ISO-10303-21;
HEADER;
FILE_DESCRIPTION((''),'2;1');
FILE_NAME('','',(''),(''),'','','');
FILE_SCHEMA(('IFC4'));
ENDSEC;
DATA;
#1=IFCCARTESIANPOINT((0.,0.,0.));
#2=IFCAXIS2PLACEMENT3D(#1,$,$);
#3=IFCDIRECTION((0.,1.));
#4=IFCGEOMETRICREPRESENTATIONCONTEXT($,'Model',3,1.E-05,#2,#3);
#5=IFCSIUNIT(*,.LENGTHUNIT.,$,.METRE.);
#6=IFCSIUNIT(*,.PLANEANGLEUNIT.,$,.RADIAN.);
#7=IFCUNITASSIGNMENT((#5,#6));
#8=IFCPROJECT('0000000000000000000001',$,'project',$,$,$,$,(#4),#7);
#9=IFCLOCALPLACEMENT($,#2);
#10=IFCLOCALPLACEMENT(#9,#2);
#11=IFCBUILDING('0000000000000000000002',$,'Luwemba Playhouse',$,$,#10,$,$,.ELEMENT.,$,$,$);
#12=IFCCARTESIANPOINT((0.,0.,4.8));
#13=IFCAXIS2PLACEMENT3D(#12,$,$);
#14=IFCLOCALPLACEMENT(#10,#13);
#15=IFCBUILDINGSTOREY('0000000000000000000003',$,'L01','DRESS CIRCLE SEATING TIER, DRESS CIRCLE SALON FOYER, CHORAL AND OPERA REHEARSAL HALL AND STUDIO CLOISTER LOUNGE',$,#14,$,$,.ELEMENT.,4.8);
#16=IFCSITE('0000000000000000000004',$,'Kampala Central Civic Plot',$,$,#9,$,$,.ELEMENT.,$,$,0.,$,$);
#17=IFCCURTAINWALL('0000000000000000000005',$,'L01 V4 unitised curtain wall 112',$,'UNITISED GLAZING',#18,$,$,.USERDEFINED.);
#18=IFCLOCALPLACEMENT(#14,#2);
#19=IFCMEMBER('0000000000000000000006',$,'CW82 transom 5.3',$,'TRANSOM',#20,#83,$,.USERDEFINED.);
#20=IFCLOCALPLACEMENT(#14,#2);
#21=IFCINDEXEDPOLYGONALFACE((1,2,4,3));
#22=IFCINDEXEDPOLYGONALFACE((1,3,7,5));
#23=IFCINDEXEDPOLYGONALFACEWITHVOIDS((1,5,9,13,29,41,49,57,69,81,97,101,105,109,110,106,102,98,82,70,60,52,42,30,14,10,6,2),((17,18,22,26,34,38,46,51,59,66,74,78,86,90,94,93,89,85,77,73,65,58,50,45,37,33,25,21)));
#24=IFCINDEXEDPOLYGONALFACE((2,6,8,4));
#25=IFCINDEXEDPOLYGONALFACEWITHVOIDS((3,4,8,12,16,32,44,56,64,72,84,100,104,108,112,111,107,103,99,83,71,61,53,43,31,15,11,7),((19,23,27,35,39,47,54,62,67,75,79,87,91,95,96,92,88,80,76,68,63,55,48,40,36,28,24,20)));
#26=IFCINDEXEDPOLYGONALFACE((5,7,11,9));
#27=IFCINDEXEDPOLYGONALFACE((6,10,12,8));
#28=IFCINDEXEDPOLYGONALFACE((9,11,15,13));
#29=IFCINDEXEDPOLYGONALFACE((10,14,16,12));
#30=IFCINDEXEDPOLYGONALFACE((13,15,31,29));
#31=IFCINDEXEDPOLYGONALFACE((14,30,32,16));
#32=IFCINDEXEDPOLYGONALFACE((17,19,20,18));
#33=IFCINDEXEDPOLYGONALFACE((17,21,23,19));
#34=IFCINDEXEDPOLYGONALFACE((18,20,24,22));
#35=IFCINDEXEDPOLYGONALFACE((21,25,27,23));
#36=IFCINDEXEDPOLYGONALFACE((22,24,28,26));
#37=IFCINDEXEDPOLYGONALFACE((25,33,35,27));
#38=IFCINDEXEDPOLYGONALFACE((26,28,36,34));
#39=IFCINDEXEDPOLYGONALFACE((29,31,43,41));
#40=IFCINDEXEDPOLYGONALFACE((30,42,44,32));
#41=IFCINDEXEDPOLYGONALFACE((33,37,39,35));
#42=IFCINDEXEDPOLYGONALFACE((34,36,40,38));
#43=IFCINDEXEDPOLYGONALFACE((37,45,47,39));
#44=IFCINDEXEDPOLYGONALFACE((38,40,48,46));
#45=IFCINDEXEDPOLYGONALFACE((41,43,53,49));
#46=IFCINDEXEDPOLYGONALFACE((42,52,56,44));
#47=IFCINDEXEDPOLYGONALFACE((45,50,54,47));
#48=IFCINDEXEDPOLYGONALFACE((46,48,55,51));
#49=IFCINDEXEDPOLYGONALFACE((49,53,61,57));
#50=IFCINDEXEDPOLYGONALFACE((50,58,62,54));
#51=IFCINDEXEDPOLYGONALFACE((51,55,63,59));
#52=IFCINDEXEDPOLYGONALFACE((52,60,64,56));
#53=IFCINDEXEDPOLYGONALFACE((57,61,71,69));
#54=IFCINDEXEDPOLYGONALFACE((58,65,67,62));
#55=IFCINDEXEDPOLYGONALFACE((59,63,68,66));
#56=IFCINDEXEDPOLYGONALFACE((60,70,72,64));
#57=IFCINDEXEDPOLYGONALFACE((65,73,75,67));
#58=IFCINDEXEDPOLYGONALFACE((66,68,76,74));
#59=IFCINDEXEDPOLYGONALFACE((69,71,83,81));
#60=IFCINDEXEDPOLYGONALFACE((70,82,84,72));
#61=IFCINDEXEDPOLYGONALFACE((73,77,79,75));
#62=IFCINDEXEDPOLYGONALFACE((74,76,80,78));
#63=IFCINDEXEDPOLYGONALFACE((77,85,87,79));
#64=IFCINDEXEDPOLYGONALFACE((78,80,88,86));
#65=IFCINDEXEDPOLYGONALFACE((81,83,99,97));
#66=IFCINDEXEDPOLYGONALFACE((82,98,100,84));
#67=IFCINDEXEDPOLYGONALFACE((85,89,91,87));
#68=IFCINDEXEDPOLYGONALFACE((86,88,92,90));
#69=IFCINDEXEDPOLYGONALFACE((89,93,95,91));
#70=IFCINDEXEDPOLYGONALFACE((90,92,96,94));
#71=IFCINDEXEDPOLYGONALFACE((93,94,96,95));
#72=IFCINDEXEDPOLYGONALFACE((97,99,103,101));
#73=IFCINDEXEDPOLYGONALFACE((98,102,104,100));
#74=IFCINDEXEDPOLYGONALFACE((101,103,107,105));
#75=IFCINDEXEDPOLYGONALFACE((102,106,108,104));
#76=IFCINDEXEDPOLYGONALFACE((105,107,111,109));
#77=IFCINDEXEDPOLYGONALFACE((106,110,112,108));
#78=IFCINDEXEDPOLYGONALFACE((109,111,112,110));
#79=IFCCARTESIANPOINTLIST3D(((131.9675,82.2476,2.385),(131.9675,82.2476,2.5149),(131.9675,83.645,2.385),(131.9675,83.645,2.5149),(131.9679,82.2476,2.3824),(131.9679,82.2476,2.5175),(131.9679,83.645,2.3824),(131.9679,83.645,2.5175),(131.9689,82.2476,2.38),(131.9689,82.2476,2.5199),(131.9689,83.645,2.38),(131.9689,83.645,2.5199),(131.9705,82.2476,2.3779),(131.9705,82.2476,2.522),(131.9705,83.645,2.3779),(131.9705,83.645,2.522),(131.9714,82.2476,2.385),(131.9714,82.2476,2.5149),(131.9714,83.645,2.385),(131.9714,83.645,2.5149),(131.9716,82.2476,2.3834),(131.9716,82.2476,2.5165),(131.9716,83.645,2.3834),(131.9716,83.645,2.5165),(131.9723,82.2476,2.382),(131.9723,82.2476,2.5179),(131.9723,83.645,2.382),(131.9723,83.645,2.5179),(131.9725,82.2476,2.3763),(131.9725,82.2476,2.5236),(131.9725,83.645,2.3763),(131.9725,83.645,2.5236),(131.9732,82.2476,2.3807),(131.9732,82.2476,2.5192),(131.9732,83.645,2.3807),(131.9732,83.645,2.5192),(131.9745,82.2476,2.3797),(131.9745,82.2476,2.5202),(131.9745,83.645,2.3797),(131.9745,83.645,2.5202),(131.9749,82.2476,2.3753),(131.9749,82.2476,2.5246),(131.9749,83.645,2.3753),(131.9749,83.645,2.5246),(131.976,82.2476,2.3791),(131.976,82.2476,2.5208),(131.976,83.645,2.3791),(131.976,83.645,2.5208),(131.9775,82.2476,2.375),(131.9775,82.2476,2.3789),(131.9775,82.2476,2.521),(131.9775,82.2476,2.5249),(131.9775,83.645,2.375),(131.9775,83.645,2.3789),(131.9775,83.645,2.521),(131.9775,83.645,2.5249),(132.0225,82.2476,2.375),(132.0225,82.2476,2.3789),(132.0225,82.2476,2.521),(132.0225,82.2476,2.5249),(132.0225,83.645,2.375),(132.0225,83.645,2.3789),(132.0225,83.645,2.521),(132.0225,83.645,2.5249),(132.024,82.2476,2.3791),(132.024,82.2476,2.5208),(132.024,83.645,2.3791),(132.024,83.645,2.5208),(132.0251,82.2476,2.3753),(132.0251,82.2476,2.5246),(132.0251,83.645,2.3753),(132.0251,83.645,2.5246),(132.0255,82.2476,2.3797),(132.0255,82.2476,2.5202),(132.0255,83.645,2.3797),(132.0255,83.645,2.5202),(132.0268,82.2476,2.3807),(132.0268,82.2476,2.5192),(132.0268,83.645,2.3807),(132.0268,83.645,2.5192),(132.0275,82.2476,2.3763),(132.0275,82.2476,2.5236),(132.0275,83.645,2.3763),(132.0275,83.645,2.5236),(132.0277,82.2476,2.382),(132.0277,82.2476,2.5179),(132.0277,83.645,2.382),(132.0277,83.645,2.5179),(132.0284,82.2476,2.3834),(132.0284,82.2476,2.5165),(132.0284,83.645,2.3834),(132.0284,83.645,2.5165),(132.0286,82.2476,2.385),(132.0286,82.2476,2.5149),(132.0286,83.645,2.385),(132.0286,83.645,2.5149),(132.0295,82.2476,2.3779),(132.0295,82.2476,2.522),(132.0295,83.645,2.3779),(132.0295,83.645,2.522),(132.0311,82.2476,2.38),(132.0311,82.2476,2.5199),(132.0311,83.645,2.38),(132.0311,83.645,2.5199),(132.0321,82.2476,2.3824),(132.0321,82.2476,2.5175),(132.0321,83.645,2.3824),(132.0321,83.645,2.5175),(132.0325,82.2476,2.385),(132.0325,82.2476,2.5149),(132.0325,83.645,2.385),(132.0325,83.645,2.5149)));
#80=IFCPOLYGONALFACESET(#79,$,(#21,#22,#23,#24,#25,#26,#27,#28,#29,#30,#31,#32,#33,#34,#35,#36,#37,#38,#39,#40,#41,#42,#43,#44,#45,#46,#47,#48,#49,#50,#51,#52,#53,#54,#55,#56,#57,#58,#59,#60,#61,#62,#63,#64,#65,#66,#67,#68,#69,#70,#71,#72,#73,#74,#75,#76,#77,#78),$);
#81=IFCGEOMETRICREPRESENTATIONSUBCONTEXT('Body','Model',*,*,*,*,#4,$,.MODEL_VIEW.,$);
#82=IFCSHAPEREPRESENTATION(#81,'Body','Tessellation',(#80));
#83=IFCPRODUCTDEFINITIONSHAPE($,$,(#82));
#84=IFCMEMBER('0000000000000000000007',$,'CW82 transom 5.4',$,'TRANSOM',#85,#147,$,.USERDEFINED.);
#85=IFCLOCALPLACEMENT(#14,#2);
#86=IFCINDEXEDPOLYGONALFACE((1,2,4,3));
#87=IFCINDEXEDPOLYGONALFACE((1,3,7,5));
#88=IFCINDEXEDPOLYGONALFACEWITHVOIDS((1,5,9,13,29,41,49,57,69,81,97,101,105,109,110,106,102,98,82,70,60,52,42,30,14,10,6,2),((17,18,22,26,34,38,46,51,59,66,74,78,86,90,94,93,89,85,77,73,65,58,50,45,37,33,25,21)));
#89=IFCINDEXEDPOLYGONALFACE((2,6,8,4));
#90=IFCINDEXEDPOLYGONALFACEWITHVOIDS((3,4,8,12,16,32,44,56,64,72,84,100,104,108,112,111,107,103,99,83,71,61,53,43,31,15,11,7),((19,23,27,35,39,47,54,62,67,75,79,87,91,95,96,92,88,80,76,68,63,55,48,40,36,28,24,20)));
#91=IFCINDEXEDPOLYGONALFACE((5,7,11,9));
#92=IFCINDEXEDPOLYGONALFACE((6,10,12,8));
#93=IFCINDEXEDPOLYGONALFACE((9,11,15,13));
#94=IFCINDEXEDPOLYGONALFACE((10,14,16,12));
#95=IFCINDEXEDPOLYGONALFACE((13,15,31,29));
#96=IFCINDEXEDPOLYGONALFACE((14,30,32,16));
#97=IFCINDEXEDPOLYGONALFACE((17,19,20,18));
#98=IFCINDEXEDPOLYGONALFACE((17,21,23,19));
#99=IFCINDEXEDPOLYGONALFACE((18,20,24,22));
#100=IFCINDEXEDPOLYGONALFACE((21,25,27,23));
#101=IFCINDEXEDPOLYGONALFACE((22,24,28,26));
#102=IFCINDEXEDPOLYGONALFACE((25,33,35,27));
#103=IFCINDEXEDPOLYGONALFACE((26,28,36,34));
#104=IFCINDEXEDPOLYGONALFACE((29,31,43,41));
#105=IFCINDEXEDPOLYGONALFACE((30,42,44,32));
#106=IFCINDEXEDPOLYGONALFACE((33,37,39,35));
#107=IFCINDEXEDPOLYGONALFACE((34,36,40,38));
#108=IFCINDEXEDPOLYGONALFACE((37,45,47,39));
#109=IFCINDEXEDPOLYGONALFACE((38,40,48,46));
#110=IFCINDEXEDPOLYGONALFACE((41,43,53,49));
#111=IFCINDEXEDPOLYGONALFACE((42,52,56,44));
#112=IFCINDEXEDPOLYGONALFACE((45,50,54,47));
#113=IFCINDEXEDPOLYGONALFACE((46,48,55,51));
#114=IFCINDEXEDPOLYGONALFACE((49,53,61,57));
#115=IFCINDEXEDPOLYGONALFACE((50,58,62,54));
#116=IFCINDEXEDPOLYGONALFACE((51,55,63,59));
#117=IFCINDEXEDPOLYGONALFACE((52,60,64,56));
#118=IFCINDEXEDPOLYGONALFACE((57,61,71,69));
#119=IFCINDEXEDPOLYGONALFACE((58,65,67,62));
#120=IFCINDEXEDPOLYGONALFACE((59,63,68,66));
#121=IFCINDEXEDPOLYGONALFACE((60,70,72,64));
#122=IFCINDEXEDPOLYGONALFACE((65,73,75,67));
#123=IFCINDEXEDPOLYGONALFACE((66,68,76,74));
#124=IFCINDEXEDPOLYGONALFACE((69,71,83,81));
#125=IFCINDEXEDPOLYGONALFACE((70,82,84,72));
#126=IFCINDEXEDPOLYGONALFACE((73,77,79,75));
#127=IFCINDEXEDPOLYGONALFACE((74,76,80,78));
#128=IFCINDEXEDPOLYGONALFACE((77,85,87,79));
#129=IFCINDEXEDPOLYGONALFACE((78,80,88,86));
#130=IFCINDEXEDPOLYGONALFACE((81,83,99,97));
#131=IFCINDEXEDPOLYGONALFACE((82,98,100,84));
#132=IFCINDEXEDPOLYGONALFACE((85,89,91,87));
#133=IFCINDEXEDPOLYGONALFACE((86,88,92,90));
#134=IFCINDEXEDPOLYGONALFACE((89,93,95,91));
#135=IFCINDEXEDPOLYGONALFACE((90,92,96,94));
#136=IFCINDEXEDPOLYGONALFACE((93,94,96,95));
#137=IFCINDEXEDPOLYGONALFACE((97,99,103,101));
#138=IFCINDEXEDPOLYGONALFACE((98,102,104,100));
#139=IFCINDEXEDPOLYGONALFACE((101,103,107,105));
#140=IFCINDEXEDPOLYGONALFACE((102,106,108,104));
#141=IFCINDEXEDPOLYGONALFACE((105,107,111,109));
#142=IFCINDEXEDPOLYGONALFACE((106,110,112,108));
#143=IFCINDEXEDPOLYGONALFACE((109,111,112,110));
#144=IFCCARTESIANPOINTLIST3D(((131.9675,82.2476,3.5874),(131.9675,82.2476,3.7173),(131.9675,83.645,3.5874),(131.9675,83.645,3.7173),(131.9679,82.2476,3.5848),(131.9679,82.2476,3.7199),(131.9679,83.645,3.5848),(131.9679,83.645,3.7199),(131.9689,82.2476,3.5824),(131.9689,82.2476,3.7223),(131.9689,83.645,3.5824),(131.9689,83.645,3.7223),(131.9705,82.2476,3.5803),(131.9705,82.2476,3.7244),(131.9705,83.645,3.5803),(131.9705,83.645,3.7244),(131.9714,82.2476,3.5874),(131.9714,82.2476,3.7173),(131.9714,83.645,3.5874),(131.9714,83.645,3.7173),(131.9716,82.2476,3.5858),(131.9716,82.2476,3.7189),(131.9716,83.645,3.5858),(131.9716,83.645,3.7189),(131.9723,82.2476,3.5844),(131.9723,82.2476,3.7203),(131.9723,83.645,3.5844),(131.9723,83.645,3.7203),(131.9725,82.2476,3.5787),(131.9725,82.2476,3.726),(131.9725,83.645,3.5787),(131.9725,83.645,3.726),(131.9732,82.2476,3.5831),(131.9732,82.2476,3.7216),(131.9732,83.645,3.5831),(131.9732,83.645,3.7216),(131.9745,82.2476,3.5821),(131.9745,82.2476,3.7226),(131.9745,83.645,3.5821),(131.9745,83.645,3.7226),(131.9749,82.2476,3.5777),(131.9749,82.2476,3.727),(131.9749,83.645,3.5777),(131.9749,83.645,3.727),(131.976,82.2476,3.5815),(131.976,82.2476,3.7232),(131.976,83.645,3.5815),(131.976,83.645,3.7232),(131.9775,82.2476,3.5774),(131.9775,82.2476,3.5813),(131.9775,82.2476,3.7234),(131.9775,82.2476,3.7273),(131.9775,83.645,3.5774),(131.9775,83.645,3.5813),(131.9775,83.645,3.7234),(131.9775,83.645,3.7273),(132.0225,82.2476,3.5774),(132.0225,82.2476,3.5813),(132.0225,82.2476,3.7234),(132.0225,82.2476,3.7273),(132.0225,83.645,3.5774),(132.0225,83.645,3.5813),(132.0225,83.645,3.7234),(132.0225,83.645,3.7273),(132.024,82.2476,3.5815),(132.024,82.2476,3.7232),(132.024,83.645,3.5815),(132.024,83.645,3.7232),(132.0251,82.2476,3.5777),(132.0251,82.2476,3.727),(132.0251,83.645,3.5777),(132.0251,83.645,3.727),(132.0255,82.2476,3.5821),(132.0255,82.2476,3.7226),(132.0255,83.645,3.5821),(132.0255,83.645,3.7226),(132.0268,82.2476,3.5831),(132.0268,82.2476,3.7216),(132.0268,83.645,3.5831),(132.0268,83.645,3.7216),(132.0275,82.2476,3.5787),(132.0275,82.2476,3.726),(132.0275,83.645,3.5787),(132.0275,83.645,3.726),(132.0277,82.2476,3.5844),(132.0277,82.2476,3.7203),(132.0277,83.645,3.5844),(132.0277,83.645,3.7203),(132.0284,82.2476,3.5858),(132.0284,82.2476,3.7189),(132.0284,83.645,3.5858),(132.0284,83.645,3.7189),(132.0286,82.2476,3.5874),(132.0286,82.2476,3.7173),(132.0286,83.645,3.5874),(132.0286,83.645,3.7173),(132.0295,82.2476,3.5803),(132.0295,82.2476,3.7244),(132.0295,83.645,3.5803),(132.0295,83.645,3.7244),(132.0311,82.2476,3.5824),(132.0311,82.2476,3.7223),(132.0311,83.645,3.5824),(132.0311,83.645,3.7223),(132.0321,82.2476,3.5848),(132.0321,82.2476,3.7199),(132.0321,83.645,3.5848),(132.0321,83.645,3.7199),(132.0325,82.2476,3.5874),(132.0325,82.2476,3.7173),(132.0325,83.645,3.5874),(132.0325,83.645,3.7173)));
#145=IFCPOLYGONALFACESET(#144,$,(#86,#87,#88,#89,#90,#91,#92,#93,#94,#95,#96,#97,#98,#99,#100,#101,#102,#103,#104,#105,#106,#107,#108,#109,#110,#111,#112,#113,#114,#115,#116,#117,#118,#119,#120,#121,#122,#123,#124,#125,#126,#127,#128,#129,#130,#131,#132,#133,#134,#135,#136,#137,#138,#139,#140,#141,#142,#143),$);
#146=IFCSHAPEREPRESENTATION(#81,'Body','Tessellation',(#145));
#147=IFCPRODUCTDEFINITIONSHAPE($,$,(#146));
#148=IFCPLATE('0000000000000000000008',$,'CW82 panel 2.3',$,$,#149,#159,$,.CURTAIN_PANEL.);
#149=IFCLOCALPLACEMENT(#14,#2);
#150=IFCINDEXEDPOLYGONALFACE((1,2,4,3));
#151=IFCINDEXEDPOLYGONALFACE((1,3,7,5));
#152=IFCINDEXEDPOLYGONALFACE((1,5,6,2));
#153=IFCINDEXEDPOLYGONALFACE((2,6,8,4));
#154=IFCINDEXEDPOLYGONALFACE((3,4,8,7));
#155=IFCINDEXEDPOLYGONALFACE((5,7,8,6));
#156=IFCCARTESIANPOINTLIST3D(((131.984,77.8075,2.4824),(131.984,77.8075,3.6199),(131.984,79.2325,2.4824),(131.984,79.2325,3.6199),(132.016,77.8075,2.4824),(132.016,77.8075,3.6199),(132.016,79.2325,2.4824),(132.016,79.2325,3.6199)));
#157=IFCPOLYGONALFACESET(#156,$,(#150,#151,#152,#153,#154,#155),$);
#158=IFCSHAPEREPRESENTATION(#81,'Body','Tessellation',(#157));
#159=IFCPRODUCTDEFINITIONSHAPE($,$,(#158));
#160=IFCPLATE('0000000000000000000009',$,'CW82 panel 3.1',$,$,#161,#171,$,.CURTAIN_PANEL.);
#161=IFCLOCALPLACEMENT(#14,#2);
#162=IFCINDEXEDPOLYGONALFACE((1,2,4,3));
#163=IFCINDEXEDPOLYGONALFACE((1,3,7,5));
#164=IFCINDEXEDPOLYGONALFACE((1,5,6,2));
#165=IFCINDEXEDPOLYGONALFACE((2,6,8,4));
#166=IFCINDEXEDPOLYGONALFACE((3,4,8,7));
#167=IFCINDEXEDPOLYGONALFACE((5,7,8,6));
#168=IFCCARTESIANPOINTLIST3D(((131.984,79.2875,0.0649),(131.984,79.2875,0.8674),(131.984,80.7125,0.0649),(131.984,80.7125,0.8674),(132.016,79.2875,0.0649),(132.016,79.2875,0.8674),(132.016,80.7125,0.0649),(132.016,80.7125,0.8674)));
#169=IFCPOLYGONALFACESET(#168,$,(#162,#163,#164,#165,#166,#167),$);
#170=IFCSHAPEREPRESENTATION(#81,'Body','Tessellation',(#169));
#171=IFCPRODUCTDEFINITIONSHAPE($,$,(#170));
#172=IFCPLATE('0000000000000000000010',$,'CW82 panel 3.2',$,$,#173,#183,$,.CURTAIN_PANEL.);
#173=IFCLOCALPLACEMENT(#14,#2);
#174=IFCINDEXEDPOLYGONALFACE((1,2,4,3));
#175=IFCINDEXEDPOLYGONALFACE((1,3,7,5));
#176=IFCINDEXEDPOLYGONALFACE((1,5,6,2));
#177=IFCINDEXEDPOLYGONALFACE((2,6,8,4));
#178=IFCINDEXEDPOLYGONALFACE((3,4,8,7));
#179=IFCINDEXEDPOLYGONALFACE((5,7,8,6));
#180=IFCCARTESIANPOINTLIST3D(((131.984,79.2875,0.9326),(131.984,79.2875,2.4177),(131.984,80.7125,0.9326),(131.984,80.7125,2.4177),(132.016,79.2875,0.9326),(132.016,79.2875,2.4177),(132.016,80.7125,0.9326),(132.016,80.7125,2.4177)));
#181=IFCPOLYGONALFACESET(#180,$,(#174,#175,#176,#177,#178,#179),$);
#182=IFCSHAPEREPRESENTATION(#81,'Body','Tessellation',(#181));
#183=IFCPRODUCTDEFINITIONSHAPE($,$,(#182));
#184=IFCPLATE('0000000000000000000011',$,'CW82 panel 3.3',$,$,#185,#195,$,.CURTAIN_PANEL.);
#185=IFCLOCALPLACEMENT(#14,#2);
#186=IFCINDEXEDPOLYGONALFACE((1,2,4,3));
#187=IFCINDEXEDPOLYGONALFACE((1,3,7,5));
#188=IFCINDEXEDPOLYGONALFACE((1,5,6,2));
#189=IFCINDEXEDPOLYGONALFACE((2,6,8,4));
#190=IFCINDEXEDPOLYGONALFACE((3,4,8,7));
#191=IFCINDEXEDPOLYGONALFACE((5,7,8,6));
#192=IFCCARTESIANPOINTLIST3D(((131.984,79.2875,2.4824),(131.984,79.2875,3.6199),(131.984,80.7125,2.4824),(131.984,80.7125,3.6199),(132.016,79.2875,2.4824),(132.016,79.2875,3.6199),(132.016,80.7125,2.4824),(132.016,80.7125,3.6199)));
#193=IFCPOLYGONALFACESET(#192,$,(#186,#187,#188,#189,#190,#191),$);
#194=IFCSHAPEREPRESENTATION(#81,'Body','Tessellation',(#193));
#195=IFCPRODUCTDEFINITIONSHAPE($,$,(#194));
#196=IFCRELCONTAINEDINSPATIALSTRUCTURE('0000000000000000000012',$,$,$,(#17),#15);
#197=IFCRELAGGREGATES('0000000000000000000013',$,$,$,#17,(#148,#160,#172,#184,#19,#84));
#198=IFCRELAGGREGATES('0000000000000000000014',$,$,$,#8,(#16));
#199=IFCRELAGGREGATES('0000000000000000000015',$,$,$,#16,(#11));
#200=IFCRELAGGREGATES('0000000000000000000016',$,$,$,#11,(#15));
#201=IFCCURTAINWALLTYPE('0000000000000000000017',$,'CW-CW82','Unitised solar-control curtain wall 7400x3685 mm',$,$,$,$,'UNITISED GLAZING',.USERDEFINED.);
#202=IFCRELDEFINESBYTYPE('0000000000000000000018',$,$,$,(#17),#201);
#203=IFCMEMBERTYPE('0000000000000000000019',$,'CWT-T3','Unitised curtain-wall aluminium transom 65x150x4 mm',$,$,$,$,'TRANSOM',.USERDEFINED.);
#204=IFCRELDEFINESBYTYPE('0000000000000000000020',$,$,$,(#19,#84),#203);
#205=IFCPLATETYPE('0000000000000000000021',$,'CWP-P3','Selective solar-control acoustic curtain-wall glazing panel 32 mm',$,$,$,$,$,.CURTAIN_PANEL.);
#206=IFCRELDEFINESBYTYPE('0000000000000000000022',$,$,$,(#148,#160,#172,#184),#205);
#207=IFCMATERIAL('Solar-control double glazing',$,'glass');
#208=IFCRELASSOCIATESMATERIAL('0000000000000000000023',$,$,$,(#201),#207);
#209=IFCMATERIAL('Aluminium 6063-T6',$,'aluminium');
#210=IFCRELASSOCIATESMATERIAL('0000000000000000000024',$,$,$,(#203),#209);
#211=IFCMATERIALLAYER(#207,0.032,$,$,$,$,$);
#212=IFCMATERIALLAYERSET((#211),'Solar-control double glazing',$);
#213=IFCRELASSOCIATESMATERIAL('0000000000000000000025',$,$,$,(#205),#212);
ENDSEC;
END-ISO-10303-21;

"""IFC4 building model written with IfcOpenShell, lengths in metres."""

from ifc_helpers import new_model, si_unit, direction, frame, origin, origin_2d, place, context, subcontext, project, spatial, rectangle, hollow_rectangle, extrude, material, layer, layer_set, material_profile, profile_set, type_object, element, aggregate, save


model = new_model("IFC4")

# Units and contexts
model_context = context("Model", 3, precision=1e-05, world=origin(), true_north=direction((0.0, 1.0)))
body_context = subcontext(model_context, "Body", "Model", "MODEL_VIEW")
ifc_project = project(units=[si_unit("LENGTHUNIT", "METRE"), si_unit("PLANEANGLEUNIT", "RADIAN")], contexts=[model_context])

# Site, building, storey
site_placement = place(None, origin())
site = spatial("IfcSite", under=ifc_project, at=site_placement, Name="Kampala Central Civic Plot", CompositionType="ELEMENT", RefElevation=0.0)
building_placement = place(site_placement, origin())
building = spatial("IfcBuilding", under=site, at=building_placement, Name="Luwemba Playhouse", CompositionType="ELEMENT")
storey_placement = place(building_placement, frame((0.0, 0.0, 4.8)))
storey = spatial("IfcBuildingStorey", under=building, at=storey_placement, Name="L01", Description="DRESS CIRCLE SEATING TIER, DRESS CIRCLE SALON FOYER, CHORAL AND OPERA REHEARSAL HALL AND STUDIO CLOISTER LOUNGE", CompositionType="ELEMENT", Elevation=4.8)

# Curtain wall, members, plates
ifc_material_1 = material(Name="Solar-control double glazing", Category="glass")
curtain_wall_type = type_object("IfcCurtainWallType", Name="CW-CW82", Description="Unitised solar-control curtain wall 7400x3685 mm", ElementType="UNITISED GLAZING", PredefinedType="USERDEFINED", material=ifc_material_1)
curtain_wall_placement = place(storey_placement, origin())
curtain_wall = element("IfcCurtainWall", 1, at=curtain_wall_placement, inside=storey, type_object=curtain_wall_type, Name="L01 V4 unitised curtain wall 112", ObjectType="UNITISED GLAZING", PredefinedType="USERDEFINED")
ifc_material_2 = material(Name="Aluminium 6063-T6", Category="aluminium")
ifc_material_profile_1 = material_profile(ifc_material_2, hollow_rectangle(XDim=0.0649, YDim=0.1499, WallThickness=0.0039, InnerFilletRadius=0.0061, OuterFilletRadius=0.01, at=origin_2d()))
ifc_profile_set_1 = profile_set([ifc_material_profile_1], Name="Aluminium 6063-T6")
member_type_1 = type_object("IfcMemberType", Name="CWT-T3", Description="Unitised curtain-wall aluminium transom 65x150x4 mm", ElementType="TRANSOM", PredefinedType="USERDEFINED", material=ifc_profile_set_1)
member_1_placement = place(storey_placement, frame((132.0, 82.2476, 2.45), z_axis=(0.0, 1.0, 0.0), x_axis=(-1.0, 0.0, 0.0)))
member_1 = element("IfcMember", 2, at=member_1_placement, type_object=member_type_1, Name="CW82 transom 5.3", ObjectType="TRANSOM", PredefinedType="USERDEFINED", context=body_context, shape_type="SweptSolid", body=[
    extrude(hollow_rectangle(XDim=0.0649, YDim=0.1499, WallThickness=0.0039, InnerFilletRadius=0.0061, OuterFilletRadius=0.01, at=origin_2d()), origin(), (0.0, 0.0, 1.0), 1.3975),
])
member_2_placement = place(storey_placement, frame((132.0, 82.2476, 3.6523), z_axis=(0.0, 1.0, 0.0), x_axis=(-1.0, 0.0, 0.0)))
member_2 = element("IfcMember", 3, at=member_2_placement, type_object=member_type_1, Name="CW82 transom 5.4", ObjectType="TRANSOM", PredefinedType="USERDEFINED", context=body_context, shape_type="SweptSolid", body=[
    extrude(hollow_rectangle(XDim=0.0649, YDim=0.1499, WallThickness=0.0039, InnerFilletRadius=0.0061, OuterFilletRadius=0.01, at=origin_2d()), origin(), (0.0, 0.0, 1.0), 1.3975),
])
ifc_layer_1 = layer(ifc_material_1, 0.032)
ifc_layer_set_1 = layer_set([ifc_layer_1], Name="Solar-control double glazing")
plate_type = type_object("IfcPlateType", Name="CWP-P3", Description="Selective solar-control acoustic curtain-wall glazing panel 32 mm", PredefinedType="CURTAIN_PANEL", material=ifc_layer_set_1)
plate_1_placement = place(storey_placement, frame((132.0, 78.52, 2.4824), z_axis=(0.0, 0.0, 1.0), x_axis=(0.0, 1.0, 0.0)))
plate_1 = element("IfcPlate", 4, at=plate_1_placement, type_object=plate_type, Name="CW82 panel 2.3", PredefinedType="CURTAIN_PANEL", context=body_context, shape_type="SweptSolid", body=[
    extrude(rectangle(XDim=1.425, YDim=0.032, at=origin_2d()), origin(), (0.0, 0.0, 1.0), 1.1375),
])
plate_2_placement = place(storey_placement, frame((132.0, 80.0, 0.0649), z_axis=(0.0, 0.0, 1.0), x_axis=(0.0, 1.0, 0.0)))
plate_2 = element("IfcPlate", 5, at=plate_2_placement, type_object=plate_type, Name="CW82 panel 3.1", PredefinedType="CURTAIN_PANEL", context=body_context, shape_type="SweptSolid", body=[
    extrude(rectangle(XDim=1.425, YDim=0.032, at=origin_2d()), origin(), (0.0, 0.0, 1.0), 0.8025),
])
plate_3_placement = place(storey_placement, frame((132.0, 80.0, 0.9326), z_axis=(0.0, 0.0, 1.0), x_axis=(0.0, 1.0, 0.0)))
plate_3 = element("IfcPlate", 6, at=plate_3_placement, type_object=plate_type, Name="CW82 panel 3.2", PredefinedType="CURTAIN_PANEL", context=body_context, shape_type="SweptSolid", body=[
    extrude(rectangle(XDim=1.425, YDim=0.032, at=origin_2d()), origin(), (0.0, 0.0, 1.0), 1.4851),
])
plate_4_placement = place(storey_placement, frame((132.0, 80.0, 2.4824), z_axis=(0.0, 0.0, 1.0), x_axis=(0.0, 1.0, 0.0)))
plate_4 = element("IfcPlate", 7, at=plate_4_placement, type_object=plate_type, Name="CW82 panel 3.3", PredefinedType="CURTAIN_PANEL", context=body_context, shape_type="SweptSolid", body=[
    extrude(rectangle(XDim=1.425, YDim=0.032, at=origin_2d()), origin(), (0.0, 0.0, 1.0), 1.1375),
])
aggregate(curtain_wall, [plate_1, plate_2, plate_3, plate_4, member_1, member_2])

save(model, "model.ifc")
